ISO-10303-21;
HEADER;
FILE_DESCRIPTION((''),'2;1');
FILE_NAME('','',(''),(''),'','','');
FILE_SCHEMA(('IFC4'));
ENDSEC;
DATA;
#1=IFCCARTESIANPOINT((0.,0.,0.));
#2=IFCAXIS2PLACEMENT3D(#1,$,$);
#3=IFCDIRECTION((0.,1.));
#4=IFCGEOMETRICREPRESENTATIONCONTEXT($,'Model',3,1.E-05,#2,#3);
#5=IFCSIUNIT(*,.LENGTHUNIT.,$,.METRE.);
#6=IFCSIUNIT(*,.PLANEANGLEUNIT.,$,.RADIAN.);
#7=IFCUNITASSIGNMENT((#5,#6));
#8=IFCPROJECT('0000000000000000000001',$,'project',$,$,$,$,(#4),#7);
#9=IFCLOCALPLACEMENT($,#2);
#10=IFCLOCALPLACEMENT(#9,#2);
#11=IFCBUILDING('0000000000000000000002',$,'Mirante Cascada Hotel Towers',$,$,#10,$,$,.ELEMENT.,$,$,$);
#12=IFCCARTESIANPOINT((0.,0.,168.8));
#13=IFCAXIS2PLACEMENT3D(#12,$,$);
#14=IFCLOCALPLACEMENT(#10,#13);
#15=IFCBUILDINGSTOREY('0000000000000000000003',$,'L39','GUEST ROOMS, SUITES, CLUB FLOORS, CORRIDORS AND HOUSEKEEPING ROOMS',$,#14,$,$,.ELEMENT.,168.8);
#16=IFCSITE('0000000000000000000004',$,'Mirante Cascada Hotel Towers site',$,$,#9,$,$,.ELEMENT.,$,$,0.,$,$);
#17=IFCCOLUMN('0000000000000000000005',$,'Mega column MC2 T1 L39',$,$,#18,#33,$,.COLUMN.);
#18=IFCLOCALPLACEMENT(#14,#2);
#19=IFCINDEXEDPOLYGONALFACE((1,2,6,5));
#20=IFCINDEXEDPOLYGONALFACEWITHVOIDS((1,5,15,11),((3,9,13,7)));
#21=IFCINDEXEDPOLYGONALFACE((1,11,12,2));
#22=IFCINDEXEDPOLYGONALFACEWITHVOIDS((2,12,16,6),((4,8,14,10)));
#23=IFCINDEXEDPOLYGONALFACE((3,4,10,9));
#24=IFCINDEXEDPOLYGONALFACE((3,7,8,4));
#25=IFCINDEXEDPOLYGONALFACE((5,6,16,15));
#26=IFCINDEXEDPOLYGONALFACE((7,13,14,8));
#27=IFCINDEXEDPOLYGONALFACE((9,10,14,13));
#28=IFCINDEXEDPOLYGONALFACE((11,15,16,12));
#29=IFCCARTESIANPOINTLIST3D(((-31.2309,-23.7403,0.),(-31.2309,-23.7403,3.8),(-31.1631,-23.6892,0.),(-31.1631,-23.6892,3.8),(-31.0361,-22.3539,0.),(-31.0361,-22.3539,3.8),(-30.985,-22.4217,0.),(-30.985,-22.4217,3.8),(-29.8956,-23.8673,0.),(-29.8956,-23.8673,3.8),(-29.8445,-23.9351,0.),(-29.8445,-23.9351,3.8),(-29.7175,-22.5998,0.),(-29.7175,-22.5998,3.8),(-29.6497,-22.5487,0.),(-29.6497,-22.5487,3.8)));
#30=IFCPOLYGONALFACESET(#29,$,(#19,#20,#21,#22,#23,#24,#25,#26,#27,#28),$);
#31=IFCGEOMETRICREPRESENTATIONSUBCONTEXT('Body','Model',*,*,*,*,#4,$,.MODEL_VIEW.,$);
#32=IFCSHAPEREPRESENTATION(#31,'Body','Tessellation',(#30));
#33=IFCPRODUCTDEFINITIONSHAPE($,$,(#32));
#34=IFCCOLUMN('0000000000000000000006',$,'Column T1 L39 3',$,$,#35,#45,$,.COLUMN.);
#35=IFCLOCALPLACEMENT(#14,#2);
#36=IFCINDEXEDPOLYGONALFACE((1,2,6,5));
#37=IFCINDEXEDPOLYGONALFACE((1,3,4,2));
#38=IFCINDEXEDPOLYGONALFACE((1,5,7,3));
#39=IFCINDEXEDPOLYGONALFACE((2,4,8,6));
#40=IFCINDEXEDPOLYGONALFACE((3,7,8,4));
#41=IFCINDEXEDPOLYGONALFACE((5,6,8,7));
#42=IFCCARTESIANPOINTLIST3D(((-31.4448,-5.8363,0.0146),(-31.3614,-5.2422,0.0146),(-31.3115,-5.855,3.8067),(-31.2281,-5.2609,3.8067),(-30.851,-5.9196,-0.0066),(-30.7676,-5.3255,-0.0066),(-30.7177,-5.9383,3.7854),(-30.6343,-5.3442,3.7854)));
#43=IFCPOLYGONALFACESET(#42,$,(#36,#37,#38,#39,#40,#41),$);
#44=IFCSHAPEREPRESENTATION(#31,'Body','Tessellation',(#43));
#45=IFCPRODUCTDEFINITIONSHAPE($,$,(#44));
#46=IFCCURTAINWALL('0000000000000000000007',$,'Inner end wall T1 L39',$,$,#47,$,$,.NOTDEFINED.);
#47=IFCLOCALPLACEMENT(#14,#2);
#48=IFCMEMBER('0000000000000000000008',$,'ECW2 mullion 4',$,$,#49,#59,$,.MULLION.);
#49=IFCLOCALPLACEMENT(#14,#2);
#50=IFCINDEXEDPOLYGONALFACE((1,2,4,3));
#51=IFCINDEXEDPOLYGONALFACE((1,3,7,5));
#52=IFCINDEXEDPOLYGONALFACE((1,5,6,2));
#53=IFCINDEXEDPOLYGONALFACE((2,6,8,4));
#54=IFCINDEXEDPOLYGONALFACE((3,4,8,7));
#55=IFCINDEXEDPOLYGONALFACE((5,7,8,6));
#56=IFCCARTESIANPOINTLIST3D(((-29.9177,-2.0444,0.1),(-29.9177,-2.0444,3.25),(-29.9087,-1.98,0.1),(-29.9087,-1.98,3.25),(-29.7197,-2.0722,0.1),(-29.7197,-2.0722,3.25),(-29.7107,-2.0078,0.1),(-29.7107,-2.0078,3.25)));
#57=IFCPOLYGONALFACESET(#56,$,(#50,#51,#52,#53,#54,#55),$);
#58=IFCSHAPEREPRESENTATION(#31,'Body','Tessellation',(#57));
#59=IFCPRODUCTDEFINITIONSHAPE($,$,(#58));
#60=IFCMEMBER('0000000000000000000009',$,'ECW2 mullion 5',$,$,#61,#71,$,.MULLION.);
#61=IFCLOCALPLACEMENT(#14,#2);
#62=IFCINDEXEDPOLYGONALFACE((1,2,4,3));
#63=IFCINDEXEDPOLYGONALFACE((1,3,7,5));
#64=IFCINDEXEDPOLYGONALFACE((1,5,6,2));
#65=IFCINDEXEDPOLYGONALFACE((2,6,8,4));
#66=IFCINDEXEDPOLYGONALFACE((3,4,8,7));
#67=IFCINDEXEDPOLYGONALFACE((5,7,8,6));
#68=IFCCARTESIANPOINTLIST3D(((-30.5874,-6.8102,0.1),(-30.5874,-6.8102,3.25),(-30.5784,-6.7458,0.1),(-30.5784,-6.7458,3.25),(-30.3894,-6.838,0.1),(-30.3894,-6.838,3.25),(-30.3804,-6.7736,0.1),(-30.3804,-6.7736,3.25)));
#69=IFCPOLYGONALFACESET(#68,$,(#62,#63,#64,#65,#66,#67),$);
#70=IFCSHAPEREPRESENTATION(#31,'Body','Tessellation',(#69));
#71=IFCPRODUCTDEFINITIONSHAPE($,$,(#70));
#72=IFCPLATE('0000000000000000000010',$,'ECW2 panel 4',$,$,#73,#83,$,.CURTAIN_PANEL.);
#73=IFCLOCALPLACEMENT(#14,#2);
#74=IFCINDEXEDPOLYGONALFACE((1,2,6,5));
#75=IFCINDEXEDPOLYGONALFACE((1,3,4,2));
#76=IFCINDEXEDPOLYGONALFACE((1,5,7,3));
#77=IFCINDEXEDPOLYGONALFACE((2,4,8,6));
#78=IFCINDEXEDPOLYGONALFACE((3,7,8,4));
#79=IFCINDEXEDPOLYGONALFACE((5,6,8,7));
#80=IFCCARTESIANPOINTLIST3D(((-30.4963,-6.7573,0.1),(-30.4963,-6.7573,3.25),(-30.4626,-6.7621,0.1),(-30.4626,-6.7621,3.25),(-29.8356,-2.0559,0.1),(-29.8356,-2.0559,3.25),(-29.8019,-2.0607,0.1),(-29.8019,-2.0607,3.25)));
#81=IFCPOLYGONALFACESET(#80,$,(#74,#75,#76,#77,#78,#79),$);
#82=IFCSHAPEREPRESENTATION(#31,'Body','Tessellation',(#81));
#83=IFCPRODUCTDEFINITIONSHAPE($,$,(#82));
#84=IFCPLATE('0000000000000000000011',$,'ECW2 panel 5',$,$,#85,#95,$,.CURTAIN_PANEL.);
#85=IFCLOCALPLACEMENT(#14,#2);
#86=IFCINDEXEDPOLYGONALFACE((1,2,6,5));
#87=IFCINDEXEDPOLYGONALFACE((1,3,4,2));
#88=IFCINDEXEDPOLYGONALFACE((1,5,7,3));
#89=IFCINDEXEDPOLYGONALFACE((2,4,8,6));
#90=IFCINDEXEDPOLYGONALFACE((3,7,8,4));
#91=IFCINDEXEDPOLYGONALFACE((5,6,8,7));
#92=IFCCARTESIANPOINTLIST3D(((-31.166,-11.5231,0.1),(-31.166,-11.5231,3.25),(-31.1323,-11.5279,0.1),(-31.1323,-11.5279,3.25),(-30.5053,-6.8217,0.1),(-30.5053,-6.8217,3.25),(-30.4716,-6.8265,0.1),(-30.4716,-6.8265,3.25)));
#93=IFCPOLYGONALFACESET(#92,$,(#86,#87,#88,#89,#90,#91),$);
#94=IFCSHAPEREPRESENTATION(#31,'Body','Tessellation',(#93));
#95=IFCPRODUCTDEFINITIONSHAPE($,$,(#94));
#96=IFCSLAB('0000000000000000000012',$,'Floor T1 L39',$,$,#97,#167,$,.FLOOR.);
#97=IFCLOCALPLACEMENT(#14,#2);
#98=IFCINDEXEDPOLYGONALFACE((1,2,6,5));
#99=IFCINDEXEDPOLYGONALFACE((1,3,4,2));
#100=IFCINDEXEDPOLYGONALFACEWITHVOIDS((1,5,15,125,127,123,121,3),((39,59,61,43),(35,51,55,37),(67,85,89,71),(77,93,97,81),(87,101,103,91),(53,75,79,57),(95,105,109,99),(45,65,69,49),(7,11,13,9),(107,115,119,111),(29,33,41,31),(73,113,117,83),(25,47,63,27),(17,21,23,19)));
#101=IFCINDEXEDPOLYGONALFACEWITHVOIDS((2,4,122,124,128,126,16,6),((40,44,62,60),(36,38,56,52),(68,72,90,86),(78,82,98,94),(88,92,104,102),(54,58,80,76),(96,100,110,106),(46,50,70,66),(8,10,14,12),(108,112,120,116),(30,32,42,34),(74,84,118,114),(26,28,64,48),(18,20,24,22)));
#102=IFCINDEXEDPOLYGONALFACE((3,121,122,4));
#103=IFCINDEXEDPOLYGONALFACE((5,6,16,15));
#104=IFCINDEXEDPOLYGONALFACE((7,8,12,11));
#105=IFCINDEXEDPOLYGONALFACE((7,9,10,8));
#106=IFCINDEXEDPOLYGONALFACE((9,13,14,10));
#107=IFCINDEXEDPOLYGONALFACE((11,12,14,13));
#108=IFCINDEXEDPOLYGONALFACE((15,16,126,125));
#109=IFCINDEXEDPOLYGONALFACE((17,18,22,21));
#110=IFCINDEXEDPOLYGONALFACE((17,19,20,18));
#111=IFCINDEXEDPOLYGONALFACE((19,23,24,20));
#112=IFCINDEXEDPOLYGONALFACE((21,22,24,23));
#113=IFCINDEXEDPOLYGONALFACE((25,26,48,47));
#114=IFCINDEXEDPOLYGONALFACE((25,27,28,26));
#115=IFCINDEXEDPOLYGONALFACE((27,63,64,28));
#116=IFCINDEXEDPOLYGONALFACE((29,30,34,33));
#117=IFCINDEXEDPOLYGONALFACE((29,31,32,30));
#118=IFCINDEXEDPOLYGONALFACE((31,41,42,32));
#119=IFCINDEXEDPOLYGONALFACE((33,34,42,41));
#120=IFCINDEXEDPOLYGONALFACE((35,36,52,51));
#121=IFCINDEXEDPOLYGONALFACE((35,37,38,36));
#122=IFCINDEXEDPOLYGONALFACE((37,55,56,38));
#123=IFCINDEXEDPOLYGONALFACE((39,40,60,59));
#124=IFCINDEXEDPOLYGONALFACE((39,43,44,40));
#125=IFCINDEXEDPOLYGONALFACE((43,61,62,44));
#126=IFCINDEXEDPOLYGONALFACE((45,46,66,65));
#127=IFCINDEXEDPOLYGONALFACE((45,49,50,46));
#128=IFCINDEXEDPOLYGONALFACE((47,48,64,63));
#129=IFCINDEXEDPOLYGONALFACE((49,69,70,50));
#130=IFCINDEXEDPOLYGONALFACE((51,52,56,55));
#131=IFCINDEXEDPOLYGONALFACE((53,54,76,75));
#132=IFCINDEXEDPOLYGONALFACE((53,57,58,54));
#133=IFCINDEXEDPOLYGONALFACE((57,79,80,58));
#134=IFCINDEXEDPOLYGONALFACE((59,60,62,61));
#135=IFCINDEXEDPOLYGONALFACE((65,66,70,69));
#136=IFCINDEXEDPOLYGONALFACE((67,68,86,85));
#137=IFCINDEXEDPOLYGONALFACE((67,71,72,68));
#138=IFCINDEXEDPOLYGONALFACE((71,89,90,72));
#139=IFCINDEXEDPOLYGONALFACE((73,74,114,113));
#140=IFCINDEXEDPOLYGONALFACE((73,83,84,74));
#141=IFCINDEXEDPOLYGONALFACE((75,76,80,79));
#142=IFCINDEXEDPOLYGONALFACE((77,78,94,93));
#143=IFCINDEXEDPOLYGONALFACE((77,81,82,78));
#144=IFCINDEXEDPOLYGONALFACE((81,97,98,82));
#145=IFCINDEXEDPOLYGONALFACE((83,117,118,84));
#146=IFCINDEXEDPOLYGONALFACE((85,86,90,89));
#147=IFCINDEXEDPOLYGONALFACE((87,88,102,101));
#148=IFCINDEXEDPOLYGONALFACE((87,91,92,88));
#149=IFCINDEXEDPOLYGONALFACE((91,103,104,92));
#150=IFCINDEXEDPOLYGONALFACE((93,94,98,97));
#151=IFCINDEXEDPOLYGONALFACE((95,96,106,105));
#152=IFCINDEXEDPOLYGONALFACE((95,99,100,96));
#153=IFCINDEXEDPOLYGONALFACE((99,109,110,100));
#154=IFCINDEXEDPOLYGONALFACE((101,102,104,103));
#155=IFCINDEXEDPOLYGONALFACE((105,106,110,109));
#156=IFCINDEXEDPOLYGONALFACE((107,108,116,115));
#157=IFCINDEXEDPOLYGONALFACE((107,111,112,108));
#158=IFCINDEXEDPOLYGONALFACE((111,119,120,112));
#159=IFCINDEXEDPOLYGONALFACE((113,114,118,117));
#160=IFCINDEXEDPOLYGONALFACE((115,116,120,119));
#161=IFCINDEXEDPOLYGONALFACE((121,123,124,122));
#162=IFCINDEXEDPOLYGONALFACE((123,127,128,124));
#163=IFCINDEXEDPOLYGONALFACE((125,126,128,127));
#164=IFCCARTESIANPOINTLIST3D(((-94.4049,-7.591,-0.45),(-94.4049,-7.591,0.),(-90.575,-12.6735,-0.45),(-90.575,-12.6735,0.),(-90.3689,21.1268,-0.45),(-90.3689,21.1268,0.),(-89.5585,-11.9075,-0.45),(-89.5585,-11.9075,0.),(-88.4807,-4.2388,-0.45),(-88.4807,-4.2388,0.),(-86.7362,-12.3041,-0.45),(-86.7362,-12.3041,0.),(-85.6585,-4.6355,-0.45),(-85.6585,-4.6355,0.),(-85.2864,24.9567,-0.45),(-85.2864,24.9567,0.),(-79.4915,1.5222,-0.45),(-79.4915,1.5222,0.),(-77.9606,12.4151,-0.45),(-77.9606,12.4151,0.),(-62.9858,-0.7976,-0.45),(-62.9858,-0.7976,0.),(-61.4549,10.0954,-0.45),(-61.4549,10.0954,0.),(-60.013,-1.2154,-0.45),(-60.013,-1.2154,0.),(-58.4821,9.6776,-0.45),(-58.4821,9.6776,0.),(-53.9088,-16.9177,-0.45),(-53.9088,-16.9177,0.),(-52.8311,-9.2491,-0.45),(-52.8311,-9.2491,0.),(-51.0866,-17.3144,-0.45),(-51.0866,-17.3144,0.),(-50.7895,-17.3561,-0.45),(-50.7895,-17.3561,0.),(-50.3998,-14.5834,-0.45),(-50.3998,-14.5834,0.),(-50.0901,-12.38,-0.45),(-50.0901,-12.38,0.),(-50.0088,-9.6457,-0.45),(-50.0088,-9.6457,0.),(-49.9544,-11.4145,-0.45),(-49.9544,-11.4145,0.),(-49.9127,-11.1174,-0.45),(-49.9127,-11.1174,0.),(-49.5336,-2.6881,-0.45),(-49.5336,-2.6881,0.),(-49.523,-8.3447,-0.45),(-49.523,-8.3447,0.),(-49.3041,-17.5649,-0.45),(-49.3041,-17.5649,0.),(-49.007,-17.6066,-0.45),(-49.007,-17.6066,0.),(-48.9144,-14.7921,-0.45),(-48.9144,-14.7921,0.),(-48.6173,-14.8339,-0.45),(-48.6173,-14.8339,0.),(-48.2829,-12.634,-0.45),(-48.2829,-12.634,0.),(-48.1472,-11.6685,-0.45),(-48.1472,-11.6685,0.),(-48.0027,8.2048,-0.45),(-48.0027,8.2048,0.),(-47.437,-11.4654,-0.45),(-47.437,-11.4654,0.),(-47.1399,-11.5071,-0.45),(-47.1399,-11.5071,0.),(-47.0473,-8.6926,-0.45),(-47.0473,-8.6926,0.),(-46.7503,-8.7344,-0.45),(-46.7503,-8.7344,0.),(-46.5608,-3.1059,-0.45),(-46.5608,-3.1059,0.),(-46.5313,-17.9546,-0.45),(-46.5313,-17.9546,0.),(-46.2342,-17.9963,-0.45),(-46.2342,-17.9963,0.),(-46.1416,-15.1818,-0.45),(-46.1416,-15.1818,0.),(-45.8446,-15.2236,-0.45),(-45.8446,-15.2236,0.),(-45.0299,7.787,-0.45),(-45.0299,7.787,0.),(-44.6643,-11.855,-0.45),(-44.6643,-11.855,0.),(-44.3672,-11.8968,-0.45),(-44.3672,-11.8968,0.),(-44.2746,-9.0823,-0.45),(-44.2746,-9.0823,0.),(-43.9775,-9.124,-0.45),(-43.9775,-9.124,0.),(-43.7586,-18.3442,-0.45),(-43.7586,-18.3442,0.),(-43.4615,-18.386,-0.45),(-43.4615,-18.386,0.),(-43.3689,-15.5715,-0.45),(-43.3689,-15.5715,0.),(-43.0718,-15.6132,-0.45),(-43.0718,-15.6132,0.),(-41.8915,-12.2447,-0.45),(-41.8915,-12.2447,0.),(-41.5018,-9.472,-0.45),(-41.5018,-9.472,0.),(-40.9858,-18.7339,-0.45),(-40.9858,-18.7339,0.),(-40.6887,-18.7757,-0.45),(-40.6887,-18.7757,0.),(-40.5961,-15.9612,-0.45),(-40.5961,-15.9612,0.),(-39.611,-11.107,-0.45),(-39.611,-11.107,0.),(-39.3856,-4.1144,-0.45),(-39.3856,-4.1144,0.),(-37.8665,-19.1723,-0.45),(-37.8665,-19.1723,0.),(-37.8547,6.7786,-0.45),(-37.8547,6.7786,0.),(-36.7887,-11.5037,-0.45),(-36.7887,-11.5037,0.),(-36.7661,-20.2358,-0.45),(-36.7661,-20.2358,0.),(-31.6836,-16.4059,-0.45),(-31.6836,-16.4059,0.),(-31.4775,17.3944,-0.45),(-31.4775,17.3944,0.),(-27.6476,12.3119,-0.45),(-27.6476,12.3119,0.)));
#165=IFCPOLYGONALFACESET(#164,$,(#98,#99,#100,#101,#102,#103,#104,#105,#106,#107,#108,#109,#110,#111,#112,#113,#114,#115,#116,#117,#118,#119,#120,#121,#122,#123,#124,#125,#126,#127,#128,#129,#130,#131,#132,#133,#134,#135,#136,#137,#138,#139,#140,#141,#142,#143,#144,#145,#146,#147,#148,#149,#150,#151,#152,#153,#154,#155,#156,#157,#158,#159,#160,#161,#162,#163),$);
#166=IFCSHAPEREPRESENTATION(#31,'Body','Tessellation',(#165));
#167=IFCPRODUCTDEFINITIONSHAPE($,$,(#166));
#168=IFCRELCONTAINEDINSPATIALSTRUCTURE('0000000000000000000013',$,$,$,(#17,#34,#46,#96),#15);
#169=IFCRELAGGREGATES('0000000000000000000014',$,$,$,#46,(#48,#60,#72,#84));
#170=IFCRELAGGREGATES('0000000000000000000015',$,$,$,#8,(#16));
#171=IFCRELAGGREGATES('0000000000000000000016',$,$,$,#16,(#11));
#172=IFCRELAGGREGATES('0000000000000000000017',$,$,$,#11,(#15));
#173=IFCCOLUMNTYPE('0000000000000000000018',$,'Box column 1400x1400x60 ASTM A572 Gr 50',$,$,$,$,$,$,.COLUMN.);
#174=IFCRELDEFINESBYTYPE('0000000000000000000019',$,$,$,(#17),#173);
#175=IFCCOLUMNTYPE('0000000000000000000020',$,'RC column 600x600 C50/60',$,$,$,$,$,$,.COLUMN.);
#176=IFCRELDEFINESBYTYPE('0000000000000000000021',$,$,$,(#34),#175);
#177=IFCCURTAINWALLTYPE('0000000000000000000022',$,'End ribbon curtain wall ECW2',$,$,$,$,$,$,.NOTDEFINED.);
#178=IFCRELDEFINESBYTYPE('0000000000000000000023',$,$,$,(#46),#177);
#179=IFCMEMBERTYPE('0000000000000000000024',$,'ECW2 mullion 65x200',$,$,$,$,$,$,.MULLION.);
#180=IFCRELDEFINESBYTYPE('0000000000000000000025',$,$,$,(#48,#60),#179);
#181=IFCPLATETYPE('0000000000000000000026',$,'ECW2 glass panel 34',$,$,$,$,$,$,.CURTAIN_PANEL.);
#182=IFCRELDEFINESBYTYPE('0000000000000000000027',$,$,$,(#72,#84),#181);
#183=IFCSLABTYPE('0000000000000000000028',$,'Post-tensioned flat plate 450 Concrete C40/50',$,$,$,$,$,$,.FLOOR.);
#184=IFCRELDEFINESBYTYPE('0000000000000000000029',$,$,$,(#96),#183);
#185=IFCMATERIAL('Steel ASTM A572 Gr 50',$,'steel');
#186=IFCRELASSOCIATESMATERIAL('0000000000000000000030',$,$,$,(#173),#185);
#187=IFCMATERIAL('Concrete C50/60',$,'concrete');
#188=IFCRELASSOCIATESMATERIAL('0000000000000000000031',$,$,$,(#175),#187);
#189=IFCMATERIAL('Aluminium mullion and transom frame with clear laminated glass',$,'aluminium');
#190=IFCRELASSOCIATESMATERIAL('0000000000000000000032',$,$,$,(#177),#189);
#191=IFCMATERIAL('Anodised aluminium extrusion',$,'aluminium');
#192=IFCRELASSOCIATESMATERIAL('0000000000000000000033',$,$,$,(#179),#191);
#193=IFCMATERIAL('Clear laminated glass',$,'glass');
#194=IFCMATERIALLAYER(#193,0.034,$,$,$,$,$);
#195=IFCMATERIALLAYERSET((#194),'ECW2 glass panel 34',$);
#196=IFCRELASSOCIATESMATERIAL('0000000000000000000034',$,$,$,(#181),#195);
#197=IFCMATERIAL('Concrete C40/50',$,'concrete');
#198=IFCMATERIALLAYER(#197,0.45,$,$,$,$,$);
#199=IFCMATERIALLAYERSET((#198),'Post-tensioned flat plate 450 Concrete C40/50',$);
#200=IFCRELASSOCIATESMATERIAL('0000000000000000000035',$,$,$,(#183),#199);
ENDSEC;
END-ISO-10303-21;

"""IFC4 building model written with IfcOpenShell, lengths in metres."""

from ifc_helpers import new_model, si_unit, direction, frame, origin, origin_2d, place, context, subcontext, project, spatial, polyline, rectangle, hollow_rectangle, outline, extrude, material, layer, layer_set, material_profile, profile_set, type_object, element, aggregate, save


model = new_model("IFC4")

# Units and contexts
model_context = context("Model", 3, precision=1e-05, world=origin(), true_north=direction((0.0, 1.0)))
body_context = subcontext(model_context, "Body", "Model", "MODEL_VIEW")
ifc_project = project(units=[si_unit("LENGTHUNIT", "METRE"), si_unit("PLANEANGLEUNIT", "RADIAN")], contexts=[model_context])

# Site, building, storey
site_placement = place(None, origin())
site = spatial("IfcSite", under=ifc_project, at=site_placement, Name="Mirante Cascada Hotel Towers site", CompositionType="ELEMENT", RefElevation=0.0)
building_placement = place(site_placement, origin())
building = spatial("IfcBuilding", under=site, at=building_placement, Name="Mirante Cascada Hotel Towers", CompositionType="ELEMENT")
storey_placement = place(building_placement, frame((0.0, 0.0, 168.8)))
storey = spatial("IfcBuildingStorey", under=building, at=storey_placement, Name="L39", Description="GUEST ROOMS, SUITES, CLUB FLOORS, CORRIDORS AND HOUSEKEEPING ROOMS", CompositionType="ELEMENT", Elevation=168.8)

# Columns
ifc_material_1 = material(Name="Steel ASTM A572 Gr 50", Category="steel")
ifc_material_profile_1 = material_profile(ifc_material_1, hollow_rectangle(XDim=1.4, YDim=1.4, WallThickness=0.06, at=origin_2d()), Name="Box column 1400x1400x60 ASTM A572 Gr 50")
ifc_profile_set_1 = profile_set([ifc_material_profile_1], Name="Steel ASTM A572 Gr 50")
column_type_1 = type_object("IfcColumnType", Name="Box column 1400x1400x60 ASTM A572 Gr 50", PredefinedType="COLUMN", material=ifc_profile_set_1)
column_1_placement = place(storey_placement, frame((-30.4403, -23.1445, 0.0), z_axis=(0.0, 0.0, 1.0), x_axis=(-0.990268, 0.139173, 0.0)))
element("IfcColumn", 1, at=column_1_placement, inside=storey, type_object=column_type_1, Name="Mega column MC2 T1 L39", PredefinedType="COLUMN", context=body_context, shape_type="SweptSolid", body=[
    extrude(hollow_rectangle(XDim=1.4, YDim=1.4, WallThickness=0.06, at=origin_2d()), origin(), (0.0, 0.0, 1.0), 3.8),
])
ifc_material_2 = material(Name="Concrete C50/60", Category="concrete")
ifc_material_profile_2 = material_profile(ifc_material_2, rectangle(XDim=0.6, YDim=0.6, at=origin_2d()), Name="RC column 600x600 C50/60")
ifc_profile_set_2 = profile_set([ifc_material_profile_2], Name="Concrete C50/60")
column_type_2 = type_object("IfcColumnType", Name="RC column 600x600 C50/60", PredefinedType="COLUMN", material=ifc_profile_set_2)
column_2_placement = place(storey_placement, frame((-31.1062, -5.5809, 0.004), z_axis=(0.035131, -0.004928, 0.999371), x_axis=(0.138925, 0.990303, 0.0)))
element("IfcColumn", 2, at=column_2_placement, inside=storey, type_object=column_type_2, Name="Column T1 L39 3", PredefinedType="COLUMN", context=body_context, shape_type="SweptSolid", body=[
    extrude(rectangle(XDim=0.6, YDim=0.6, at=origin_2d()), origin(), (0.0, 0.0, 1.0), 3.7944),
])

# Curtain wall, members, plates
ifc_material_3 = material(Name="Aluminium mullion and transom frame with clear laminated glass", Category="aluminium")
curtain_wall_type = type_object("IfcCurtainWallType", Name="End ribbon curtain wall ECW2", PredefinedType="NOTDEFINED", material=ifc_material_3)
curtain_wall_placement = place(storey_placement, origin())
curtain_wall = element("IfcCurtainWall", 3, at=curtain_wall_placement, inside=storey, type_object=curtain_wall_type, Name="Inner end wall T1 L39", PredefinedType="NOTDEFINED")
ifc_material_4 = material(Name="Anodised aluminium extrusion", Category="aluminium")
ifc_material_profile_3 = material_profile(ifc_material_4, rectangle(XDim=0.2, YDim=0.065, at=origin_2d()), Name="ECW2 MULLION 65x200")
ifc_profile_set_3 = profile_set([ifc_material_profile_3], Name="Anodised aluminium extrusion")
member_type = type_object("IfcMemberType", Name="ECW2 mullion 65x200", PredefinedType="MULLION", material=ifc_profile_set_3)
member_1_placement = place(storey_placement, frame((-29.8142, -2.0261, 0.1), z_axis=(0.0, 0.0, 1.0), x_axis=(0.990268, -0.139173, 0.0)))
member_1 = element("IfcMember", 4, at=member_1_placement, type_object=member_type, Name="ECW2 mullion 4", PredefinedType="MULLION", context=body_context, shape_type="SweptSolid", body=[
    extrude(rectangle(XDim=0.2, YDim=0.065, at=origin_2d()), origin(), (0.0, 0.0, 1.0), 3.15),
])
member_2_placement = place(storey_placement, frame((-30.4839, -6.7919, 0.1), z_axis=(0.0, 0.0, 1.0), x_axis=(0.990268, -0.139173, 0.0)))
member_2 = element("IfcMember", 5, at=member_2_placement, type_object=member_type, Name="ECW2 mullion 5", PredefinedType="MULLION", context=body_context, shape_type="SweptSolid", body=[
    extrude(rectangle(XDim=0.2, YDim=0.065, at=origin_2d()), origin(), (0.0, 0.0, 1.0), 3.15),
])
ifc_material_5 = material(Name="Clear laminated glass", Category="glass")
ifc_layer_1 = layer(ifc_material_5, 0.034)
ifc_layer_set_1 = layer_set([ifc_layer_1], Name="ECW2 glass panel 34")
plate_type = type_object("IfcPlateType", Name="ECW2 glass panel 34", PredefinedType="CURTAIN_PANEL", material=ifc_layer_set_1)
plate_1_placement = place(storey_placement, frame((-30.1491, -4.409, 0.1), z_axis=(0.0, 0.0, 1.0), x_axis=(-0.139173, -0.990268, 0.0)))
plate_1 = element("IfcPlate", 6, at=plate_1_placement, type_object=plate_type, Name="ECW2 panel 4", PredefinedType="CURTAIN_PANEL", context=body_context, shape_type="SweptSolid", body=[
    extrude(rectangle(XDim=4.7476, YDim=0.034, at=origin_2d()), origin(), (0.0, 0.0, 1.0), 3.15),
])
plate_2_placement = place(storey_placement, frame((-30.8188, -9.1748, 0.1), z_axis=(0.0, 0.0, 1.0), x_axis=(-0.139173, -0.990268, 0.0)))
plate_2 = element("IfcPlate", 7, at=plate_2_placement, type_object=plate_type, Name="ECW2 panel 5", PredefinedType="CURTAIN_PANEL", context=body_context, shape_type="SweptSolid", body=[
    extrude(rectangle(XDim=4.7476, YDim=0.034, at=origin_2d()), origin(), (0.0, 0.0, 1.0), 3.15),
])
aggregate(curtain_wall, [member_1, member_2, plate_1, plate_2])

# Slab
ifc_material_6 = material(Name="Concrete C40/50", Category="concrete")
ifc_layer_2 = layer(ifc_material_6, 0.45)
ifc_layer_set_2 = layer_set([ifc_layer_2], Name="Post-tensioned flat plate 450 Concrete C40/50")
slab_type = type_object("IfcSlabType", Name="Post-tensioned flat plate 450 Concrete C40/50", PredefinedType="FLOOR", material=ifc_layer_set_2)
slab_1_placement = place(storey_placement, frame((0.0, 0.0, -0.45)))
element("IfcSlab", 8, at=slab_1_placement, inside=storey, type_object=slab_type, Name="Floor T1 L39", PredefinedType="FLOOR", context=body_context, shape_type="SweptSolid", body=[
    extrude(outline(polyline([(-31.6836, -16.4059), (-27.6476, 12.3119), (-31.4775, 17.3944), (-85.2864, 24.9567), (-90.3689, 21.1268), (-94.4049, -7.591), (-90.575, -12.6735), (-36.7661, -20.2358), (-31.6836, -16.4059)]), holes=[polyline([(-40.5961, -15.9612), (-40.9858, -18.7339), (-43.4615, -18.386), (-43.0718, -15.6132), (-40.5961, -15.9612)]), polyline([(-45.8446, -15.2236), (-43.3689, -15.5715), (-43.7586, -18.3442), (-46.2342, -17.9963), (-45.8446, -15.2236)]), polyline([(-48.6173, -14.8339), (-46.1416, -15.1818), (-46.5313, -17.9546), (-49.007, -17.6066), (-48.6173, -14.8339)]), polyline([(-37.8665, -19.1723), (-40.6887, -18.7757), (-39.611, -11.107), (-36.7887, -11.5037), (-37.8665, -19.1723)]), polyline([(-43.9775, -9.124), (-41.5018, -9.472), (-41.8915, -12.2447), (-44.3672, -11.8968), (-43.9775, -9.124)]), polyline([(-46.7503, -8.7344), (-44.2746, -9.0823), (-44.6643, -11.855), (-47.1399, -11.5071), (-46.7503, -8.7344)]), polyline([(-48.9144, -14.7921), (-49.3041, -17.5649), (-50.7895, -17.3561), (-50.3998, -14.5834), (-48.9144, -14.7921)]), polyline([(-50.0088, -9.6457), (-51.0866, -17.3144), (-53.9088, -16.9177), (-52.8311, -9.2491), (-50.0088, -9.6457)]), polyline([(-85.6585, -4.6355), (-86.7362, -12.3041), (-89.5585, -11.9075), (-88.4807, -4.2388), (-85.6585, -4.6355)]), polyline([(-48.1472, -11.6685), (-48.2829, -12.634), (-50.0901, -12.38), (-49.9544, -11.4145), (-48.1472, -11.6685)]), polyline([(-49.523, -8.3447), (-47.0473, -8.6926), (-47.437, -11.4654), (-49.9127, -11.1174), (-49.523, -8.3447)]), polyline([(-61.4549, 10.0954), (-61.4549, 10.0954), (-62.9858, -0.7976), (-62.9858, -0.7976), (-79.4915, 1.5222), (-77.9606, 12.4151), (-61.4549, 10.0954)]), polyline([(-48.0027, 8.2048), (-49.5336, -2.6881), (-49.5336, -2.6881), (-60.013, -1.2154), (-60.013, -1.2154), (-58.4821, 9.6776), (-48.0027, 8.2048)]), polyline([(-37.8547, 6.7786), (-39.3856, -4.1144), (-46.5608, -3.1059), (-46.5608, -3.1059), (-45.0299, 7.787), (-37.8547, 6.7786)])]), origin(), (0.0, 0.0, 1.0), 0.45),
])

save(model, "model.ifc")
